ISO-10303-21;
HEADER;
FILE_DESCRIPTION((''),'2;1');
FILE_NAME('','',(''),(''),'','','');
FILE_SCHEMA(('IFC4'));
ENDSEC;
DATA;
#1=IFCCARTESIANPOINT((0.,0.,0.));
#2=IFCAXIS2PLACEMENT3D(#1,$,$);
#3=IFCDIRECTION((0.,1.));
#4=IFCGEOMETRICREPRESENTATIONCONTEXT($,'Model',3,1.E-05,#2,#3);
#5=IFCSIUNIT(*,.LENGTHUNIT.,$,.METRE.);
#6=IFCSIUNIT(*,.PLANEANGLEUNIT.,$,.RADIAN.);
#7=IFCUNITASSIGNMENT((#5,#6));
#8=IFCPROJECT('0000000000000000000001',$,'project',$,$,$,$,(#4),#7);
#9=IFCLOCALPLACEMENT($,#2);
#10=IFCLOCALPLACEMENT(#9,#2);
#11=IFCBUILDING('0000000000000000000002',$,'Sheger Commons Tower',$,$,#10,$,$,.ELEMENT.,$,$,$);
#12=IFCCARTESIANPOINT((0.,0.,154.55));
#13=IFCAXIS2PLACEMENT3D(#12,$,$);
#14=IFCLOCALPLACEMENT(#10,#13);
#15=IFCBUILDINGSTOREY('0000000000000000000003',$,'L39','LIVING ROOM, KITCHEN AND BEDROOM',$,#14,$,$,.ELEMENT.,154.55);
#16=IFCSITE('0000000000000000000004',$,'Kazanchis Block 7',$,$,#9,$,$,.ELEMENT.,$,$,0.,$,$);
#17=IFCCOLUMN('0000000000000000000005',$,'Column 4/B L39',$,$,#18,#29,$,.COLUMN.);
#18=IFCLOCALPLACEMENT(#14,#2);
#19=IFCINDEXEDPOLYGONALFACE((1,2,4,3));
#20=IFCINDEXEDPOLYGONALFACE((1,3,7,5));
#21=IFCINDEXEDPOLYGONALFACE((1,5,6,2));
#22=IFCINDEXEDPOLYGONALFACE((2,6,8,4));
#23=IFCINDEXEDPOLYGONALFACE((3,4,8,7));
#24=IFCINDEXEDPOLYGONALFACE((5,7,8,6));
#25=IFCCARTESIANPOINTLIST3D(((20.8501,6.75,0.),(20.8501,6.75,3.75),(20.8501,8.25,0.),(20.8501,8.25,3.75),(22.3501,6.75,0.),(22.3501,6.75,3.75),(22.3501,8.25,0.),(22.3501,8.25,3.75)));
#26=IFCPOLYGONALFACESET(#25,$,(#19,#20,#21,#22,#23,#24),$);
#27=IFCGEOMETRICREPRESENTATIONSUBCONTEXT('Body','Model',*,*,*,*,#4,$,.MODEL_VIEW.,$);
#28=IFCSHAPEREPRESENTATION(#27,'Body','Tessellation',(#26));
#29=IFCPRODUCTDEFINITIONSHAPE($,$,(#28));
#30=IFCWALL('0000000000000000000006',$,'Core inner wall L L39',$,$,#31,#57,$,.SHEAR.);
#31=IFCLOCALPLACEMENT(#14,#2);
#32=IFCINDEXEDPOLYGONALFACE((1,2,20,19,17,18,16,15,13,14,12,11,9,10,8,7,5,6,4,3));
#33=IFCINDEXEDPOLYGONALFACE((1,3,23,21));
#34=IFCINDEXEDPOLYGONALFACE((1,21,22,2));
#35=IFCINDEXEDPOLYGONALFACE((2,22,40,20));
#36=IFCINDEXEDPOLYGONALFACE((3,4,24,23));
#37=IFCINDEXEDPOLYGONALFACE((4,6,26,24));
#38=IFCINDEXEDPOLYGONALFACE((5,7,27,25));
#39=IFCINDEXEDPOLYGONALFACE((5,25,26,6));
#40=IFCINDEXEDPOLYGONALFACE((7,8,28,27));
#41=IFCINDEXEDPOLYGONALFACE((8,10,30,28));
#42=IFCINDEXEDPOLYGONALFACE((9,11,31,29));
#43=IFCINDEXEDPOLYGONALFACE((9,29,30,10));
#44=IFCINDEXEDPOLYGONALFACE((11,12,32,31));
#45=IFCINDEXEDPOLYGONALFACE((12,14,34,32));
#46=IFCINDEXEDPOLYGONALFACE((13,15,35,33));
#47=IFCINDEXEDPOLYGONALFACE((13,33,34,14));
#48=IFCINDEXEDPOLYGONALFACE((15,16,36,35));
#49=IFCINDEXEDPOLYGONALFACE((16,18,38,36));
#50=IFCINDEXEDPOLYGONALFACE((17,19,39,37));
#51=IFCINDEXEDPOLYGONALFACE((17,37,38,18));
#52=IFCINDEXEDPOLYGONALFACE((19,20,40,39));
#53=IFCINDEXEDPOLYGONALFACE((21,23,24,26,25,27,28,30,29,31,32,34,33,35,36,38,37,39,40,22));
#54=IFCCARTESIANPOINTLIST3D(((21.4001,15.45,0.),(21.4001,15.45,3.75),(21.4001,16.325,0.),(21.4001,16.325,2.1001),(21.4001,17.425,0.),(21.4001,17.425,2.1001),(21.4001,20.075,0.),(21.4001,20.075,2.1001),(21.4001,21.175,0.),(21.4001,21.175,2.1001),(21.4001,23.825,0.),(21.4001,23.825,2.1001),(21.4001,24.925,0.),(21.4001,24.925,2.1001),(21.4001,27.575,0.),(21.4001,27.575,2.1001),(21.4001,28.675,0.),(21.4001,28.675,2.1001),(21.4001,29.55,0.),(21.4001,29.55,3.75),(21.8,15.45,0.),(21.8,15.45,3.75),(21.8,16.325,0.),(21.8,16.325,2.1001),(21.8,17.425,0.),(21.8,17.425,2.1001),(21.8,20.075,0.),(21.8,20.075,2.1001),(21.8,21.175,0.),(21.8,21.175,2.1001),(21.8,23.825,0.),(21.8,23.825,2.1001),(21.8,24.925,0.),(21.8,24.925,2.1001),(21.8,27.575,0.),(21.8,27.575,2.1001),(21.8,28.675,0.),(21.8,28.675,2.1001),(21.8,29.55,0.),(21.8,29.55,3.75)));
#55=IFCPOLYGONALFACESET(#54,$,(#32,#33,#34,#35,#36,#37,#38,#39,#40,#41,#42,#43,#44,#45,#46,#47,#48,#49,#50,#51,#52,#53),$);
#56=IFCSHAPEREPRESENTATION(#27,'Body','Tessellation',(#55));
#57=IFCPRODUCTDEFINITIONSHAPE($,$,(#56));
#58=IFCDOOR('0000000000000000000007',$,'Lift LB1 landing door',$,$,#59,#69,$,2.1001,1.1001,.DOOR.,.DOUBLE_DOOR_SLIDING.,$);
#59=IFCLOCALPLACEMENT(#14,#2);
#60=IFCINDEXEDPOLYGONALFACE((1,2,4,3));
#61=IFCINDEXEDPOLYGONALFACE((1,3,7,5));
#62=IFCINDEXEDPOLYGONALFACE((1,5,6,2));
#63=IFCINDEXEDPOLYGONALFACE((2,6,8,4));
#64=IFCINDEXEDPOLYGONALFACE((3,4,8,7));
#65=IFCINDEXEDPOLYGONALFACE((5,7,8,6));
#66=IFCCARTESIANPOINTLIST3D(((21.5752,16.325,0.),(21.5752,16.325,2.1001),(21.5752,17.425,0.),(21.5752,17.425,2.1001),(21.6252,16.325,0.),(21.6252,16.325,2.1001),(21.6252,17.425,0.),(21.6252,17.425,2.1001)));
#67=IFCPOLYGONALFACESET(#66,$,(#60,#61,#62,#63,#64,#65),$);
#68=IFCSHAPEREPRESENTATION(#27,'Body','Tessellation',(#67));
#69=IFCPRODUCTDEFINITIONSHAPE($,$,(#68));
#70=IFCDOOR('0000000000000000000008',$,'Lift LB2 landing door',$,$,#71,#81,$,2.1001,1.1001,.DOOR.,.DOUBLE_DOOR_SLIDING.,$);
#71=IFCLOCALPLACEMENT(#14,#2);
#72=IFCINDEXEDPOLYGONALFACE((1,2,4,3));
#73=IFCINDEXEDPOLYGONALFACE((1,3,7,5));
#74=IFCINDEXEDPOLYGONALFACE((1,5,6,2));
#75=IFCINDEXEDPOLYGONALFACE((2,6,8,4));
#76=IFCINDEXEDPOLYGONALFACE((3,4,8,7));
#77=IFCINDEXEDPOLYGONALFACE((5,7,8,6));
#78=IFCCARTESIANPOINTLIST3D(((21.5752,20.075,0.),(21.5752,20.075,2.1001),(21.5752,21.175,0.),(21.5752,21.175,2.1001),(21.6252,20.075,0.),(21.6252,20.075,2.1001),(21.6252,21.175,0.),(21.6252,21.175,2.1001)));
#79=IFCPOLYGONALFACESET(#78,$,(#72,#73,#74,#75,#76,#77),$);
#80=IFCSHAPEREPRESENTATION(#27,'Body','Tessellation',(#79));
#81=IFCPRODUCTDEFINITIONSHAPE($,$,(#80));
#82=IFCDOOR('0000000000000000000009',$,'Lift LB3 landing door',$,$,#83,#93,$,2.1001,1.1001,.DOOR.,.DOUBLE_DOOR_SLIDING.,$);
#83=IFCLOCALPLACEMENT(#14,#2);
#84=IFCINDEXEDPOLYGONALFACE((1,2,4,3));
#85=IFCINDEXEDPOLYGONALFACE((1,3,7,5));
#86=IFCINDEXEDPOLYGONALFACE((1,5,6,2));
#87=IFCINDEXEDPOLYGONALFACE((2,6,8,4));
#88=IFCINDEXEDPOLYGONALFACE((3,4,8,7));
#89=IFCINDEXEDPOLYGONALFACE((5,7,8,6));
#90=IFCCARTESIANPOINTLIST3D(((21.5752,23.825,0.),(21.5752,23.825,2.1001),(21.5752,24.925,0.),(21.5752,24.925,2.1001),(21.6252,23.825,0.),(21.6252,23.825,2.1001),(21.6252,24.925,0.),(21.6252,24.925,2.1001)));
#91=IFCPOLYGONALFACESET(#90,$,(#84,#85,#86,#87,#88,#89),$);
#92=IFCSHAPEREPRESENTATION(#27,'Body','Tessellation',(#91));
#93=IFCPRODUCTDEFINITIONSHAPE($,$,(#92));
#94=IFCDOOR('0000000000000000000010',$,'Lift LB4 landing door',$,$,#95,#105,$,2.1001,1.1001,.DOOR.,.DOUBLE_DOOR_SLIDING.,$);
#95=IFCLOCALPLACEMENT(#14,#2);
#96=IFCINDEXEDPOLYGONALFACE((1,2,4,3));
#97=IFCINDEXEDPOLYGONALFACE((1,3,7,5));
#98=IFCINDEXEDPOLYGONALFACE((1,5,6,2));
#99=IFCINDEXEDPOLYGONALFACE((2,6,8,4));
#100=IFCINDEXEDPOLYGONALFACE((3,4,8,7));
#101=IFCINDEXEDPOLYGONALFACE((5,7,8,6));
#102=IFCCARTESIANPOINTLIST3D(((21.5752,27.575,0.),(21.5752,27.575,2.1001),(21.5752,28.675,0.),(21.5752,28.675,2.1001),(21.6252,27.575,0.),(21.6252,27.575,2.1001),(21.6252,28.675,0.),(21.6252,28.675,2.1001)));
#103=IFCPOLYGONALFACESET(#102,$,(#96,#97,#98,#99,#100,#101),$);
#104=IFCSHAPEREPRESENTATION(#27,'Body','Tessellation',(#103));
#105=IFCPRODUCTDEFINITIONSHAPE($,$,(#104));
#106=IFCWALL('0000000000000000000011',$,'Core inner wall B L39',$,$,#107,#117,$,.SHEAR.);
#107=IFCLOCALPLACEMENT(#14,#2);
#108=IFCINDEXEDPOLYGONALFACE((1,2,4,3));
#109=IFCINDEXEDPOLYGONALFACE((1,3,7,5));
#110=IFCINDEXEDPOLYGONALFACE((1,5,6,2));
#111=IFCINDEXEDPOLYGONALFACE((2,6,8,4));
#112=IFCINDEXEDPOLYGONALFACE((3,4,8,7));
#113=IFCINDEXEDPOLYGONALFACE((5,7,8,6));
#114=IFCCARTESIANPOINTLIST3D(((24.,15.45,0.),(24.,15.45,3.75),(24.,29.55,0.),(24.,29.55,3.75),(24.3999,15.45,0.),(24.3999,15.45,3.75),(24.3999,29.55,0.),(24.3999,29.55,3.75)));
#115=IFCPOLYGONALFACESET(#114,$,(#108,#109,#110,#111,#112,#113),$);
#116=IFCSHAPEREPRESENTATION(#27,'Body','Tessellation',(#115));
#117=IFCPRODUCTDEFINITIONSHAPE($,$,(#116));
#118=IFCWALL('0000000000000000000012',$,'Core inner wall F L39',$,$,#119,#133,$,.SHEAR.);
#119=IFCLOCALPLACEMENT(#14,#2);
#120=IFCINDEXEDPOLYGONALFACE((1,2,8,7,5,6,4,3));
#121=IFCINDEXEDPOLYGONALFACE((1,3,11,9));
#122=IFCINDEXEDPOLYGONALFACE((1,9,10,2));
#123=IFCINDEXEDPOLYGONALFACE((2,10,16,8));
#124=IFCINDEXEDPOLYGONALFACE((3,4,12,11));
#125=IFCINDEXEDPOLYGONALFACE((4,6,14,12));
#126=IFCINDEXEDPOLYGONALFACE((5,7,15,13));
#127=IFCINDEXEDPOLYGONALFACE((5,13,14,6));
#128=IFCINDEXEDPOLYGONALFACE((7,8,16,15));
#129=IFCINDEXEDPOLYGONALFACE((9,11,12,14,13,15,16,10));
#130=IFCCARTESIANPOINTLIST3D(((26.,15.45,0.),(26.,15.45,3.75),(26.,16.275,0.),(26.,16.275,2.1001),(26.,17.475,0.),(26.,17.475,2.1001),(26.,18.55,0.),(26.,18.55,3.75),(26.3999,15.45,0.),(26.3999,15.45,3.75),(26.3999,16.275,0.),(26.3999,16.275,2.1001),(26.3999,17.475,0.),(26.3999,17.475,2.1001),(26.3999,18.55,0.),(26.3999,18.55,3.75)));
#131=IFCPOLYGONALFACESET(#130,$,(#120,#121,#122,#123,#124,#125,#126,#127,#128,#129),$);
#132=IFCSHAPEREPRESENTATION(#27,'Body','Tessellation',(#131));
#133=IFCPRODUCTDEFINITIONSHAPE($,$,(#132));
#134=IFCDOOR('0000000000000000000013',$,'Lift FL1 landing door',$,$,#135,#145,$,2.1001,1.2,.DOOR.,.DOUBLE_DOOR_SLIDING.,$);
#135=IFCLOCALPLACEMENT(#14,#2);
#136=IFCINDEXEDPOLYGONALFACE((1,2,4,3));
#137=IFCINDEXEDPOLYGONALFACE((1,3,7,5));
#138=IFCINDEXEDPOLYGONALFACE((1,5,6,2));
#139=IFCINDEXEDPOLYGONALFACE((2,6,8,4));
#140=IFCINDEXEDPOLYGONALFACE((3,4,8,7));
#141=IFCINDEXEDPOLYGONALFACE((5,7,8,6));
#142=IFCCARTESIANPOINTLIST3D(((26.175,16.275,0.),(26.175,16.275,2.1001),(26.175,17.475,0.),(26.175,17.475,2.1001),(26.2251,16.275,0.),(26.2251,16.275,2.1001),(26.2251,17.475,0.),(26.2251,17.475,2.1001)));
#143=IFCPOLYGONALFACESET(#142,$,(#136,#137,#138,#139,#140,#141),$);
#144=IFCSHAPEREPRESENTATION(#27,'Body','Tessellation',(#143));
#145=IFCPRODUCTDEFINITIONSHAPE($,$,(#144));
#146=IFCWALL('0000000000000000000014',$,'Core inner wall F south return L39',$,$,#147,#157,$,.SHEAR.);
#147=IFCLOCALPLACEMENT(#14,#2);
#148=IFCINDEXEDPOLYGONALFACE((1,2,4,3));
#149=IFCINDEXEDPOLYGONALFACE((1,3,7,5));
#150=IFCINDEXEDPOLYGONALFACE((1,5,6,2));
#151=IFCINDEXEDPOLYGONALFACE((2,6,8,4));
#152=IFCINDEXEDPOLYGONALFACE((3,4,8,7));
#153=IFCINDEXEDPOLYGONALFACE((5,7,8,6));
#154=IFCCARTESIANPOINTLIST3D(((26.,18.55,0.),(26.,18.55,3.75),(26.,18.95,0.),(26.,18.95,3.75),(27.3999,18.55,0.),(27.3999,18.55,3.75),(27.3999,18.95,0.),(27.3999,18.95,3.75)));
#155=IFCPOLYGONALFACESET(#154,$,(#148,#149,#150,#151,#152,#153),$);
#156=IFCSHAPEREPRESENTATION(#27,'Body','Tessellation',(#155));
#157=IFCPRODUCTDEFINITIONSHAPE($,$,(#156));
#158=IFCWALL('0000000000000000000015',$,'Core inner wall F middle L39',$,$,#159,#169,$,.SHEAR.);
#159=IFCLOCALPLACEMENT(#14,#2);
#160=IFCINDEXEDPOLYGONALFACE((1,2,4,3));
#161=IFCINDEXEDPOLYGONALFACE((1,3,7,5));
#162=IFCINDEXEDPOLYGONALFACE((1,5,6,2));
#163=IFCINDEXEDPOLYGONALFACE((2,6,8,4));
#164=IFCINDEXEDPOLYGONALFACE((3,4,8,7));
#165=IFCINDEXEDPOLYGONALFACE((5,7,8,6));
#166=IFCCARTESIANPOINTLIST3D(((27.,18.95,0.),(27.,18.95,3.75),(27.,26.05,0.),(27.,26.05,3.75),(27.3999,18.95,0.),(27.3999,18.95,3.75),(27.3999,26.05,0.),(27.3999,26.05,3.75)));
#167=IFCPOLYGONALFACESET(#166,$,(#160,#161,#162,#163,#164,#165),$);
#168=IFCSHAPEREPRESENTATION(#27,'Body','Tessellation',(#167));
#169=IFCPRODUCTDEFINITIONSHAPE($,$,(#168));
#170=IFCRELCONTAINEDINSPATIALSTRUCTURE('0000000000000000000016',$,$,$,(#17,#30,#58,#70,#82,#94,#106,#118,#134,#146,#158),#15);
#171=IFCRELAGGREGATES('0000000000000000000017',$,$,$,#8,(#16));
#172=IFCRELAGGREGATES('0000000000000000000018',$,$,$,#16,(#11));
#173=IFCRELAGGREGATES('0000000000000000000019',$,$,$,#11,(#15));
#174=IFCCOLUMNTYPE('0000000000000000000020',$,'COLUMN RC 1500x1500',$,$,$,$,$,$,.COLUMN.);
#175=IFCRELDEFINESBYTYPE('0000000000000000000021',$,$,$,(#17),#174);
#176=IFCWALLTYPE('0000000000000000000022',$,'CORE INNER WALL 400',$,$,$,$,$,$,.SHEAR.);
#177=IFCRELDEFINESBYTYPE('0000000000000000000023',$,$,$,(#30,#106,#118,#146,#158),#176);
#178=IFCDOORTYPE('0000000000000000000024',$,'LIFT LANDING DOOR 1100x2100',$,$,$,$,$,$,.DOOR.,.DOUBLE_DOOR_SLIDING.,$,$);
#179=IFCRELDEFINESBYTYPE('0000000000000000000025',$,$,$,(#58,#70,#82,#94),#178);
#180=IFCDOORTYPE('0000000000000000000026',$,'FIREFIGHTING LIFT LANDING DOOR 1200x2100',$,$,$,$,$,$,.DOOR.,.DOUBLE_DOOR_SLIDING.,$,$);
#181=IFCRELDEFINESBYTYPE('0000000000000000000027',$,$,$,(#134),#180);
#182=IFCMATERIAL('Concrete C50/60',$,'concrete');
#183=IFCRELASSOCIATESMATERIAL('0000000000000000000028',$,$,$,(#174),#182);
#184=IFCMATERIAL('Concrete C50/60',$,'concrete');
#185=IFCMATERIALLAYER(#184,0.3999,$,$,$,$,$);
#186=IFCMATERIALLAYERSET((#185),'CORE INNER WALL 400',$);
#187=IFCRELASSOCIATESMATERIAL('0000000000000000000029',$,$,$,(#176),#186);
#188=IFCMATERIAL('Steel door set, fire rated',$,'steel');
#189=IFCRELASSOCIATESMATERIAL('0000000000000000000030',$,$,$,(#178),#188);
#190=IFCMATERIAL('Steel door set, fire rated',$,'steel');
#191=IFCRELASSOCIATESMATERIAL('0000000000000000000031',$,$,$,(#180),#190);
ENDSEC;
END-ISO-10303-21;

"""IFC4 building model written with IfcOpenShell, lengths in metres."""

from ifc_helpers import new_model, si_unit, direction, frame, frame_2d, origin, origin_2d, place, context, subcontext, project, spatial, rectangle, extrude, material, layer, layer_set, material_profile, profile_set, type_object, element, fill, save


model = new_model("IFC4")

# Units and contexts
model_context = context("Model", 3, precision=1e-05, world=origin(), true_north=direction((0.0, 1.0)))
body_context = subcontext(model_context, "Body", "Model", "MODEL_VIEW")
ifc_project = project(units=[si_unit("LENGTHUNIT", "METRE"), si_unit("PLANEANGLEUNIT", "RADIAN")], contexts=[model_context])

# Site, building, storey
site_placement = place(None, origin())
site = spatial("IfcSite", under=ifc_project, at=site_placement, Name="Kazanchis Block 7", CompositionType="ELEMENT", RefElevation=0.0)
building_placement = place(site_placement, origin())
building = spatial("IfcBuilding", under=site, at=building_placement, Name="Sheger Commons Tower", CompositionType="ELEMENT")
storey_placement = place(building_placement, frame((0.0, 0.0, 154.55)))
storey = spatial("IfcBuildingStorey", under=building, at=storey_placement, Name="L39", Description="LIVING ROOM, KITCHEN AND BEDROOM", CompositionType="ELEMENT", Elevation=154.55)

# Column
ifc_material_1 = material(Name="Concrete C50/60", Category="concrete")
ifc_material_profile = material_profile(ifc_material_1, rectangle(XDim=1.5, YDim=1.5, at=origin_2d()), Name="RC 1500x1500")
ifc_profile_set = profile_set([ifc_material_profile], Name="Concrete C50/60")
column_type = type_object("IfcColumnType", Name="COLUMN RC 1500x1500", PredefinedType="COLUMN", material=ifc_profile_set)
column_placement = place(storey_placement, frame((21.6001, 7.5, 0.0), z_axis=(0.0, 0.0, 1.0), x_axis=(1.0, 0.0, 0.0)))
element("IfcColumn", 1, at=column_placement, inside=storey, type_object=column_type, Name="Column 4/B L39", PredefinedType="COLUMN", context=body_context, shape_type="SweptSolid", body=[
    extrude(rectangle(XDim=1.5, YDim=1.5, at=origin_2d()), origin(), (0.0, 0.0, 1.0), 3.75),
])

# Wall, openings, doors
ifc_material_2 = material(Name="Concrete C50/60", Category="concrete")
ifc_layer_1 = layer(ifc_material_2, 0.3999)
ifc_layer_set_1 = layer_set([ifc_layer_1], Name="CORE INNER WALL 400")
wall_type_1 = type_object("IfcWallType", Name="CORE INNER WALL 400", PredefinedType="SHEAR", material=ifc_layer_set_1)
wall_1_placement = place(storey_placement, frame((21.6001, 15.45, 0.0), z_axis=(0.0, 0.0, 1.0), x_axis=(0.0, 1.0, 0.0)))
wall_1 = element("IfcWall", 2, at=wall_1_placement, inside=storey, type_object=wall_type_1, Name="Core inner wall L L39", PredefinedType="SHEAR", context=body_context, shape_type="SweptSolid", body=[
    extrude(rectangle(XDim=14.1001, YDim=0.3999, at=frame_2d((7.05, 0.0))), origin(), (0.0, 0.0, 1.0), 3.75),
])
opening_1_placement = place(wall_1_placement, frame((0.875, 0.0, 0.0)))
opening_1 = element("IfcOpeningElement", 3, at=opening_1_placement, cuts=wall_1, PredefinedType="OPENING", context=body_context, shape_type="SweptSolid", body=[
    extrude(rectangle(XDim=1.1001, YDim=2.1001, at=frame_2d((0.55, 1.05))), frame((0.0, 0.21, 0.0), z_axis=(0.0, -1.0, 0.0), x_axis=(1.0, 0.0, 0.0)), (0.0, 0.0, 1.0), 0.4199),
])
opening_2_placement = place(wall_1_placement, frame((4.625, 0.0, 0.0)))
opening_2 = element("IfcOpeningElement", 4, at=opening_2_placement, cuts=wall_1, PredefinedType="OPENING", context=body_context, shape_type="SweptSolid", body=[
    extrude(rectangle(XDim=1.1001, YDim=2.1001, at=frame_2d((0.55, 1.05))), frame((0.0, 0.21, 0.0), z_axis=(0.0, -1.0, 0.0), x_axis=(1.0, 0.0, 0.0)), (0.0, 0.0, 1.0), 0.4199),
])
opening_3_placement = place(wall_1_placement, frame((8.375, 0.0, 0.0)))
opening_3 = element("IfcOpeningElement", 5, at=opening_3_placement, cuts=wall_1, PredefinedType="OPENING", context=body_context, shape_type="SweptSolid", body=[
    extrude(rectangle(XDim=1.1001, YDim=2.1001, at=frame_2d((0.55, 1.05))), frame((0.0, 0.21, 0.0), z_axis=(0.0, -1.0, 0.0), x_axis=(1.0, 0.0, 0.0)), (0.0, 0.0, 1.0), 0.4199),
])
opening_4_placement = place(wall_1_placement, frame((12.125, 0.0, 0.0)))
opening_4 = element("IfcOpeningElement", 6, at=opening_4_placement, cuts=wall_1, PredefinedType="OPENING", context=body_context, shape_type="SweptSolid", body=[
    extrude(rectangle(XDim=1.1001, YDim=2.1001, at=frame_2d((0.55, 1.05))), frame((0.0, 0.21, 0.0), z_axis=(0.0, -1.0, 0.0), x_axis=(1.0, 0.0, 0.0)), (0.0, 0.0, 1.0), 0.4199),
])
ifc_material_3 = material(Name="Steel door set, fire rated", Category="steel")
door_type_1 = type_object("IfcDoorType", Name="LIFT LANDING DOOR 1100x2100", OperationType="DOUBLE_DOOR_SLIDING", PredefinedType="DOOR", material=ifc_material_3)
door_1_placement = place(opening_1_placement, origin())
door_1 = element("IfcDoor", 7, at=door_1_placement, inside=storey, type_object=door_type_1, Name="Lift LB1 landing door", OperationType="DOUBLE_DOOR_SLIDING", OverallHeight=2.1001, OverallWidth=1.1001, PredefinedType="DOOR", context=body_context, shape_type="SweptSolid", body=[
    extrude(rectangle(XDim=1.1001, YDim=2.1001, at=frame_2d((0.55, 1.05))), frame((0.0, 0.0249, 0.0), z_axis=(0.0, -1.0, 0.0), x_axis=(1.0, 0.0, 0.0)), (0.0, 0.0, 1.0), 0.05),
])
fill(opening_1, door_1)
door_2_placement = place(opening_2_placement, origin())
door_2 = element("IfcDoor", 8, at=door_2_placement, inside=storey, type_object=door_type_1, Name="Lift LB2 landing door", OperationType="DOUBLE_DOOR_SLIDING", OverallHeight=2.1001, OverallWidth=1.1001, PredefinedType="DOOR", context=body_context, shape_type="SweptSolid", body=[
    extrude(rectangle(XDim=1.1001, YDim=2.1001, at=frame_2d((0.55, 1.05))), frame((0.0, 0.0249, 0.0), z_axis=(0.0, -1.0, 0.0), x_axis=(1.0, 0.0, 0.0)), (0.0, 0.0, 1.0), 0.05),
])
fill(opening_2, door_2)
door_3_placement = place(opening_3_placement, origin())
door_3 = element("IfcDoor", 9, at=door_3_placement, inside=storey, type_object=door_type_1, Name="Lift LB3 landing door", OperationType="DOUBLE_DOOR_SLIDING", OverallHeight=2.1001, OverallWidth=1.1001, PredefinedType="DOOR", context=body_context, shape_type="SweptSolid", body=[
    extrude(rectangle(XDim=1.1001, YDim=2.1001, at=frame_2d((0.55, 1.05))), frame((0.0, 0.0249, 0.0), z_axis=(0.0, -1.0, 0.0), x_axis=(1.0, 0.0, 0.0)), (0.0, 0.0, 1.0), 0.05),
])
fill(opening_3, door_3)
door_4_placement = place(opening_4_placement, origin())
door_4 = element("IfcDoor", 10, at=door_4_placement, inside=storey, type_object=door_type_1, Name="Lift LB4 landing door", OperationType="DOUBLE_DOOR_SLIDING", OverallHeight=2.1001, OverallWidth=1.1001, PredefinedType="DOOR", context=body_context, shape_type="SweptSolid", body=[
    extrude(rectangle(XDim=1.1001, YDim=2.1001, at=frame_2d((0.55, 1.05))), frame((0.0, 0.0249, 0.0), z_axis=(0.0, -1.0, 0.0), x_axis=(1.0, 0.0, 0.0)), (0.0, 0.0, 1.0), 0.05),
])
fill(opening_4, door_4)

# Wall
wall_2_placement = place(storey_placement, frame((24.2, 15.45, 0.0), z_axis=(0.0, 0.0, 1.0), x_axis=(0.0, 1.0, 0.0)))
element("IfcWall", 11, at=wall_2_placement, inside=storey, type_object=wall_type_1, Name="Core inner wall B L39", PredefinedType="SHEAR", context=body_context, shape_type="SweptSolid", body=[
    extrude(rectangle(XDim=14.1001, YDim=0.3999, at=frame_2d((7.05, 0.0))), origin(), (0.0, 0.0, 1.0), 3.75),
])

# Wall, opening, door
wall_3_placement = place(storey_placement, frame((26.2, 15.45, 0.0), z_axis=(0.0, 0.0, 1.0), x_axis=(0.0, 1.0, 0.0)))
wall_3 = element("IfcWall", 12, at=wall_3_placement, inside=storey, type_object=wall_type_1, Name="Core inner wall F L39", PredefinedType="SHEAR", context=body_context, shape_type="SweptSolid", body=[
    extrude(rectangle(XDim=3.1001, YDim=0.3999, at=frame_2d((1.55, 0.0))), origin(), (0.0, 0.0, 1.0), 3.75),
])
opening_5_placement = place(wall_3_placement, frame((0.825, 0.0, 0.0)))
opening_5 = element("IfcOpeningElement", 13, at=opening_5_placement, cuts=wall_3, PredefinedType="OPENING", context=body_context, shape_type="SweptSolid", body=[
    extrude(rectangle(XDim=1.2, YDim=2.1001, at=frame_2d((0.6001, 1.05))), frame((0.0, 0.21, 0.0), z_axis=(0.0, -1.0, 0.0), x_axis=(1.0, 0.0, 0.0)), (0.0, 0.0, 1.0), 0.4199),
])
ifc_material_4 = material(Name="Steel door set, fire rated", Category="steel")
door_type_2 = type_object("IfcDoorType", Name="FIREFIGHTING LIFT LANDING DOOR 1200x2100", OperationType="DOUBLE_DOOR_SLIDING", PredefinedType="DOOR", material=ifc_material_4)
door_5_placement = place(opening_5_placement, origin())
door_5 = element("IfcDoor", 14, at=door_5_placement, inside=storey, type_object=door_type_2, Name="Lift FL1 landing door", OperationType="DOUBLE_DOOR_SLIDING", OverallHeight=2.1001, OverallWidth=1.2, PredefinedType="DOOR", context=body_context, shape_type="SweptSolid", body=[
    extrude(rectangle(XDim=1.2, YDim=2.1001, at=frame_2d((0.6001, 1.05))), frame((0.0, 0.0249, 0.0), z_axis=(0.0, -1.0, 0.0), x_axis=(1.0, 0.0, 0.0)), (0.0, 0.0, 1.0), 0.05),
])
fill(opening_5, door_5)

# Walls
wall_4_placement = place(storey_placement, frame((26.0, 18.75, 0.0), z_axis=(0.0, 0.0, 1.0), x_axis=(1.0, 0.0, 0.0)))
element("IfcWall", 15, at=wall_4_placement, inside=storey, type_object=wall_type_1, Name="Core inner wall F south return L39", PredefinedType="SHEAR", context=body_context, shape_type="SweptSolid", body=[
    extrude(rectangle(XDim=1.3999, YDim=0.3999, at=frame_2d((0.7, 0.0))), origin(), (0.0, 0.0, 1.0), 3.75),
])
wall_5_placement = place(storey_placement, frame((27.2, 18.95, 0.0), z_axis=(0.0, 0.0, 1.0), x_axis=(0.0, 1.0, 0.0)))
element("IfcWall", 16, at=wall_5_placement, inside=storey, type_object=wall_type_1, Name="Core inner wall F middle L39", PredefinedType="SHEAR", context=body_context, shape_type="SweptSolid", body=[
    extrude(rectangle(XDim=7.1001, YDim=0.3999, at=frame_2d((3.55, 0.0))), origin(), (0.0, 0.0, 1.0), 3.75),
])

save(model, "model.ifc")
